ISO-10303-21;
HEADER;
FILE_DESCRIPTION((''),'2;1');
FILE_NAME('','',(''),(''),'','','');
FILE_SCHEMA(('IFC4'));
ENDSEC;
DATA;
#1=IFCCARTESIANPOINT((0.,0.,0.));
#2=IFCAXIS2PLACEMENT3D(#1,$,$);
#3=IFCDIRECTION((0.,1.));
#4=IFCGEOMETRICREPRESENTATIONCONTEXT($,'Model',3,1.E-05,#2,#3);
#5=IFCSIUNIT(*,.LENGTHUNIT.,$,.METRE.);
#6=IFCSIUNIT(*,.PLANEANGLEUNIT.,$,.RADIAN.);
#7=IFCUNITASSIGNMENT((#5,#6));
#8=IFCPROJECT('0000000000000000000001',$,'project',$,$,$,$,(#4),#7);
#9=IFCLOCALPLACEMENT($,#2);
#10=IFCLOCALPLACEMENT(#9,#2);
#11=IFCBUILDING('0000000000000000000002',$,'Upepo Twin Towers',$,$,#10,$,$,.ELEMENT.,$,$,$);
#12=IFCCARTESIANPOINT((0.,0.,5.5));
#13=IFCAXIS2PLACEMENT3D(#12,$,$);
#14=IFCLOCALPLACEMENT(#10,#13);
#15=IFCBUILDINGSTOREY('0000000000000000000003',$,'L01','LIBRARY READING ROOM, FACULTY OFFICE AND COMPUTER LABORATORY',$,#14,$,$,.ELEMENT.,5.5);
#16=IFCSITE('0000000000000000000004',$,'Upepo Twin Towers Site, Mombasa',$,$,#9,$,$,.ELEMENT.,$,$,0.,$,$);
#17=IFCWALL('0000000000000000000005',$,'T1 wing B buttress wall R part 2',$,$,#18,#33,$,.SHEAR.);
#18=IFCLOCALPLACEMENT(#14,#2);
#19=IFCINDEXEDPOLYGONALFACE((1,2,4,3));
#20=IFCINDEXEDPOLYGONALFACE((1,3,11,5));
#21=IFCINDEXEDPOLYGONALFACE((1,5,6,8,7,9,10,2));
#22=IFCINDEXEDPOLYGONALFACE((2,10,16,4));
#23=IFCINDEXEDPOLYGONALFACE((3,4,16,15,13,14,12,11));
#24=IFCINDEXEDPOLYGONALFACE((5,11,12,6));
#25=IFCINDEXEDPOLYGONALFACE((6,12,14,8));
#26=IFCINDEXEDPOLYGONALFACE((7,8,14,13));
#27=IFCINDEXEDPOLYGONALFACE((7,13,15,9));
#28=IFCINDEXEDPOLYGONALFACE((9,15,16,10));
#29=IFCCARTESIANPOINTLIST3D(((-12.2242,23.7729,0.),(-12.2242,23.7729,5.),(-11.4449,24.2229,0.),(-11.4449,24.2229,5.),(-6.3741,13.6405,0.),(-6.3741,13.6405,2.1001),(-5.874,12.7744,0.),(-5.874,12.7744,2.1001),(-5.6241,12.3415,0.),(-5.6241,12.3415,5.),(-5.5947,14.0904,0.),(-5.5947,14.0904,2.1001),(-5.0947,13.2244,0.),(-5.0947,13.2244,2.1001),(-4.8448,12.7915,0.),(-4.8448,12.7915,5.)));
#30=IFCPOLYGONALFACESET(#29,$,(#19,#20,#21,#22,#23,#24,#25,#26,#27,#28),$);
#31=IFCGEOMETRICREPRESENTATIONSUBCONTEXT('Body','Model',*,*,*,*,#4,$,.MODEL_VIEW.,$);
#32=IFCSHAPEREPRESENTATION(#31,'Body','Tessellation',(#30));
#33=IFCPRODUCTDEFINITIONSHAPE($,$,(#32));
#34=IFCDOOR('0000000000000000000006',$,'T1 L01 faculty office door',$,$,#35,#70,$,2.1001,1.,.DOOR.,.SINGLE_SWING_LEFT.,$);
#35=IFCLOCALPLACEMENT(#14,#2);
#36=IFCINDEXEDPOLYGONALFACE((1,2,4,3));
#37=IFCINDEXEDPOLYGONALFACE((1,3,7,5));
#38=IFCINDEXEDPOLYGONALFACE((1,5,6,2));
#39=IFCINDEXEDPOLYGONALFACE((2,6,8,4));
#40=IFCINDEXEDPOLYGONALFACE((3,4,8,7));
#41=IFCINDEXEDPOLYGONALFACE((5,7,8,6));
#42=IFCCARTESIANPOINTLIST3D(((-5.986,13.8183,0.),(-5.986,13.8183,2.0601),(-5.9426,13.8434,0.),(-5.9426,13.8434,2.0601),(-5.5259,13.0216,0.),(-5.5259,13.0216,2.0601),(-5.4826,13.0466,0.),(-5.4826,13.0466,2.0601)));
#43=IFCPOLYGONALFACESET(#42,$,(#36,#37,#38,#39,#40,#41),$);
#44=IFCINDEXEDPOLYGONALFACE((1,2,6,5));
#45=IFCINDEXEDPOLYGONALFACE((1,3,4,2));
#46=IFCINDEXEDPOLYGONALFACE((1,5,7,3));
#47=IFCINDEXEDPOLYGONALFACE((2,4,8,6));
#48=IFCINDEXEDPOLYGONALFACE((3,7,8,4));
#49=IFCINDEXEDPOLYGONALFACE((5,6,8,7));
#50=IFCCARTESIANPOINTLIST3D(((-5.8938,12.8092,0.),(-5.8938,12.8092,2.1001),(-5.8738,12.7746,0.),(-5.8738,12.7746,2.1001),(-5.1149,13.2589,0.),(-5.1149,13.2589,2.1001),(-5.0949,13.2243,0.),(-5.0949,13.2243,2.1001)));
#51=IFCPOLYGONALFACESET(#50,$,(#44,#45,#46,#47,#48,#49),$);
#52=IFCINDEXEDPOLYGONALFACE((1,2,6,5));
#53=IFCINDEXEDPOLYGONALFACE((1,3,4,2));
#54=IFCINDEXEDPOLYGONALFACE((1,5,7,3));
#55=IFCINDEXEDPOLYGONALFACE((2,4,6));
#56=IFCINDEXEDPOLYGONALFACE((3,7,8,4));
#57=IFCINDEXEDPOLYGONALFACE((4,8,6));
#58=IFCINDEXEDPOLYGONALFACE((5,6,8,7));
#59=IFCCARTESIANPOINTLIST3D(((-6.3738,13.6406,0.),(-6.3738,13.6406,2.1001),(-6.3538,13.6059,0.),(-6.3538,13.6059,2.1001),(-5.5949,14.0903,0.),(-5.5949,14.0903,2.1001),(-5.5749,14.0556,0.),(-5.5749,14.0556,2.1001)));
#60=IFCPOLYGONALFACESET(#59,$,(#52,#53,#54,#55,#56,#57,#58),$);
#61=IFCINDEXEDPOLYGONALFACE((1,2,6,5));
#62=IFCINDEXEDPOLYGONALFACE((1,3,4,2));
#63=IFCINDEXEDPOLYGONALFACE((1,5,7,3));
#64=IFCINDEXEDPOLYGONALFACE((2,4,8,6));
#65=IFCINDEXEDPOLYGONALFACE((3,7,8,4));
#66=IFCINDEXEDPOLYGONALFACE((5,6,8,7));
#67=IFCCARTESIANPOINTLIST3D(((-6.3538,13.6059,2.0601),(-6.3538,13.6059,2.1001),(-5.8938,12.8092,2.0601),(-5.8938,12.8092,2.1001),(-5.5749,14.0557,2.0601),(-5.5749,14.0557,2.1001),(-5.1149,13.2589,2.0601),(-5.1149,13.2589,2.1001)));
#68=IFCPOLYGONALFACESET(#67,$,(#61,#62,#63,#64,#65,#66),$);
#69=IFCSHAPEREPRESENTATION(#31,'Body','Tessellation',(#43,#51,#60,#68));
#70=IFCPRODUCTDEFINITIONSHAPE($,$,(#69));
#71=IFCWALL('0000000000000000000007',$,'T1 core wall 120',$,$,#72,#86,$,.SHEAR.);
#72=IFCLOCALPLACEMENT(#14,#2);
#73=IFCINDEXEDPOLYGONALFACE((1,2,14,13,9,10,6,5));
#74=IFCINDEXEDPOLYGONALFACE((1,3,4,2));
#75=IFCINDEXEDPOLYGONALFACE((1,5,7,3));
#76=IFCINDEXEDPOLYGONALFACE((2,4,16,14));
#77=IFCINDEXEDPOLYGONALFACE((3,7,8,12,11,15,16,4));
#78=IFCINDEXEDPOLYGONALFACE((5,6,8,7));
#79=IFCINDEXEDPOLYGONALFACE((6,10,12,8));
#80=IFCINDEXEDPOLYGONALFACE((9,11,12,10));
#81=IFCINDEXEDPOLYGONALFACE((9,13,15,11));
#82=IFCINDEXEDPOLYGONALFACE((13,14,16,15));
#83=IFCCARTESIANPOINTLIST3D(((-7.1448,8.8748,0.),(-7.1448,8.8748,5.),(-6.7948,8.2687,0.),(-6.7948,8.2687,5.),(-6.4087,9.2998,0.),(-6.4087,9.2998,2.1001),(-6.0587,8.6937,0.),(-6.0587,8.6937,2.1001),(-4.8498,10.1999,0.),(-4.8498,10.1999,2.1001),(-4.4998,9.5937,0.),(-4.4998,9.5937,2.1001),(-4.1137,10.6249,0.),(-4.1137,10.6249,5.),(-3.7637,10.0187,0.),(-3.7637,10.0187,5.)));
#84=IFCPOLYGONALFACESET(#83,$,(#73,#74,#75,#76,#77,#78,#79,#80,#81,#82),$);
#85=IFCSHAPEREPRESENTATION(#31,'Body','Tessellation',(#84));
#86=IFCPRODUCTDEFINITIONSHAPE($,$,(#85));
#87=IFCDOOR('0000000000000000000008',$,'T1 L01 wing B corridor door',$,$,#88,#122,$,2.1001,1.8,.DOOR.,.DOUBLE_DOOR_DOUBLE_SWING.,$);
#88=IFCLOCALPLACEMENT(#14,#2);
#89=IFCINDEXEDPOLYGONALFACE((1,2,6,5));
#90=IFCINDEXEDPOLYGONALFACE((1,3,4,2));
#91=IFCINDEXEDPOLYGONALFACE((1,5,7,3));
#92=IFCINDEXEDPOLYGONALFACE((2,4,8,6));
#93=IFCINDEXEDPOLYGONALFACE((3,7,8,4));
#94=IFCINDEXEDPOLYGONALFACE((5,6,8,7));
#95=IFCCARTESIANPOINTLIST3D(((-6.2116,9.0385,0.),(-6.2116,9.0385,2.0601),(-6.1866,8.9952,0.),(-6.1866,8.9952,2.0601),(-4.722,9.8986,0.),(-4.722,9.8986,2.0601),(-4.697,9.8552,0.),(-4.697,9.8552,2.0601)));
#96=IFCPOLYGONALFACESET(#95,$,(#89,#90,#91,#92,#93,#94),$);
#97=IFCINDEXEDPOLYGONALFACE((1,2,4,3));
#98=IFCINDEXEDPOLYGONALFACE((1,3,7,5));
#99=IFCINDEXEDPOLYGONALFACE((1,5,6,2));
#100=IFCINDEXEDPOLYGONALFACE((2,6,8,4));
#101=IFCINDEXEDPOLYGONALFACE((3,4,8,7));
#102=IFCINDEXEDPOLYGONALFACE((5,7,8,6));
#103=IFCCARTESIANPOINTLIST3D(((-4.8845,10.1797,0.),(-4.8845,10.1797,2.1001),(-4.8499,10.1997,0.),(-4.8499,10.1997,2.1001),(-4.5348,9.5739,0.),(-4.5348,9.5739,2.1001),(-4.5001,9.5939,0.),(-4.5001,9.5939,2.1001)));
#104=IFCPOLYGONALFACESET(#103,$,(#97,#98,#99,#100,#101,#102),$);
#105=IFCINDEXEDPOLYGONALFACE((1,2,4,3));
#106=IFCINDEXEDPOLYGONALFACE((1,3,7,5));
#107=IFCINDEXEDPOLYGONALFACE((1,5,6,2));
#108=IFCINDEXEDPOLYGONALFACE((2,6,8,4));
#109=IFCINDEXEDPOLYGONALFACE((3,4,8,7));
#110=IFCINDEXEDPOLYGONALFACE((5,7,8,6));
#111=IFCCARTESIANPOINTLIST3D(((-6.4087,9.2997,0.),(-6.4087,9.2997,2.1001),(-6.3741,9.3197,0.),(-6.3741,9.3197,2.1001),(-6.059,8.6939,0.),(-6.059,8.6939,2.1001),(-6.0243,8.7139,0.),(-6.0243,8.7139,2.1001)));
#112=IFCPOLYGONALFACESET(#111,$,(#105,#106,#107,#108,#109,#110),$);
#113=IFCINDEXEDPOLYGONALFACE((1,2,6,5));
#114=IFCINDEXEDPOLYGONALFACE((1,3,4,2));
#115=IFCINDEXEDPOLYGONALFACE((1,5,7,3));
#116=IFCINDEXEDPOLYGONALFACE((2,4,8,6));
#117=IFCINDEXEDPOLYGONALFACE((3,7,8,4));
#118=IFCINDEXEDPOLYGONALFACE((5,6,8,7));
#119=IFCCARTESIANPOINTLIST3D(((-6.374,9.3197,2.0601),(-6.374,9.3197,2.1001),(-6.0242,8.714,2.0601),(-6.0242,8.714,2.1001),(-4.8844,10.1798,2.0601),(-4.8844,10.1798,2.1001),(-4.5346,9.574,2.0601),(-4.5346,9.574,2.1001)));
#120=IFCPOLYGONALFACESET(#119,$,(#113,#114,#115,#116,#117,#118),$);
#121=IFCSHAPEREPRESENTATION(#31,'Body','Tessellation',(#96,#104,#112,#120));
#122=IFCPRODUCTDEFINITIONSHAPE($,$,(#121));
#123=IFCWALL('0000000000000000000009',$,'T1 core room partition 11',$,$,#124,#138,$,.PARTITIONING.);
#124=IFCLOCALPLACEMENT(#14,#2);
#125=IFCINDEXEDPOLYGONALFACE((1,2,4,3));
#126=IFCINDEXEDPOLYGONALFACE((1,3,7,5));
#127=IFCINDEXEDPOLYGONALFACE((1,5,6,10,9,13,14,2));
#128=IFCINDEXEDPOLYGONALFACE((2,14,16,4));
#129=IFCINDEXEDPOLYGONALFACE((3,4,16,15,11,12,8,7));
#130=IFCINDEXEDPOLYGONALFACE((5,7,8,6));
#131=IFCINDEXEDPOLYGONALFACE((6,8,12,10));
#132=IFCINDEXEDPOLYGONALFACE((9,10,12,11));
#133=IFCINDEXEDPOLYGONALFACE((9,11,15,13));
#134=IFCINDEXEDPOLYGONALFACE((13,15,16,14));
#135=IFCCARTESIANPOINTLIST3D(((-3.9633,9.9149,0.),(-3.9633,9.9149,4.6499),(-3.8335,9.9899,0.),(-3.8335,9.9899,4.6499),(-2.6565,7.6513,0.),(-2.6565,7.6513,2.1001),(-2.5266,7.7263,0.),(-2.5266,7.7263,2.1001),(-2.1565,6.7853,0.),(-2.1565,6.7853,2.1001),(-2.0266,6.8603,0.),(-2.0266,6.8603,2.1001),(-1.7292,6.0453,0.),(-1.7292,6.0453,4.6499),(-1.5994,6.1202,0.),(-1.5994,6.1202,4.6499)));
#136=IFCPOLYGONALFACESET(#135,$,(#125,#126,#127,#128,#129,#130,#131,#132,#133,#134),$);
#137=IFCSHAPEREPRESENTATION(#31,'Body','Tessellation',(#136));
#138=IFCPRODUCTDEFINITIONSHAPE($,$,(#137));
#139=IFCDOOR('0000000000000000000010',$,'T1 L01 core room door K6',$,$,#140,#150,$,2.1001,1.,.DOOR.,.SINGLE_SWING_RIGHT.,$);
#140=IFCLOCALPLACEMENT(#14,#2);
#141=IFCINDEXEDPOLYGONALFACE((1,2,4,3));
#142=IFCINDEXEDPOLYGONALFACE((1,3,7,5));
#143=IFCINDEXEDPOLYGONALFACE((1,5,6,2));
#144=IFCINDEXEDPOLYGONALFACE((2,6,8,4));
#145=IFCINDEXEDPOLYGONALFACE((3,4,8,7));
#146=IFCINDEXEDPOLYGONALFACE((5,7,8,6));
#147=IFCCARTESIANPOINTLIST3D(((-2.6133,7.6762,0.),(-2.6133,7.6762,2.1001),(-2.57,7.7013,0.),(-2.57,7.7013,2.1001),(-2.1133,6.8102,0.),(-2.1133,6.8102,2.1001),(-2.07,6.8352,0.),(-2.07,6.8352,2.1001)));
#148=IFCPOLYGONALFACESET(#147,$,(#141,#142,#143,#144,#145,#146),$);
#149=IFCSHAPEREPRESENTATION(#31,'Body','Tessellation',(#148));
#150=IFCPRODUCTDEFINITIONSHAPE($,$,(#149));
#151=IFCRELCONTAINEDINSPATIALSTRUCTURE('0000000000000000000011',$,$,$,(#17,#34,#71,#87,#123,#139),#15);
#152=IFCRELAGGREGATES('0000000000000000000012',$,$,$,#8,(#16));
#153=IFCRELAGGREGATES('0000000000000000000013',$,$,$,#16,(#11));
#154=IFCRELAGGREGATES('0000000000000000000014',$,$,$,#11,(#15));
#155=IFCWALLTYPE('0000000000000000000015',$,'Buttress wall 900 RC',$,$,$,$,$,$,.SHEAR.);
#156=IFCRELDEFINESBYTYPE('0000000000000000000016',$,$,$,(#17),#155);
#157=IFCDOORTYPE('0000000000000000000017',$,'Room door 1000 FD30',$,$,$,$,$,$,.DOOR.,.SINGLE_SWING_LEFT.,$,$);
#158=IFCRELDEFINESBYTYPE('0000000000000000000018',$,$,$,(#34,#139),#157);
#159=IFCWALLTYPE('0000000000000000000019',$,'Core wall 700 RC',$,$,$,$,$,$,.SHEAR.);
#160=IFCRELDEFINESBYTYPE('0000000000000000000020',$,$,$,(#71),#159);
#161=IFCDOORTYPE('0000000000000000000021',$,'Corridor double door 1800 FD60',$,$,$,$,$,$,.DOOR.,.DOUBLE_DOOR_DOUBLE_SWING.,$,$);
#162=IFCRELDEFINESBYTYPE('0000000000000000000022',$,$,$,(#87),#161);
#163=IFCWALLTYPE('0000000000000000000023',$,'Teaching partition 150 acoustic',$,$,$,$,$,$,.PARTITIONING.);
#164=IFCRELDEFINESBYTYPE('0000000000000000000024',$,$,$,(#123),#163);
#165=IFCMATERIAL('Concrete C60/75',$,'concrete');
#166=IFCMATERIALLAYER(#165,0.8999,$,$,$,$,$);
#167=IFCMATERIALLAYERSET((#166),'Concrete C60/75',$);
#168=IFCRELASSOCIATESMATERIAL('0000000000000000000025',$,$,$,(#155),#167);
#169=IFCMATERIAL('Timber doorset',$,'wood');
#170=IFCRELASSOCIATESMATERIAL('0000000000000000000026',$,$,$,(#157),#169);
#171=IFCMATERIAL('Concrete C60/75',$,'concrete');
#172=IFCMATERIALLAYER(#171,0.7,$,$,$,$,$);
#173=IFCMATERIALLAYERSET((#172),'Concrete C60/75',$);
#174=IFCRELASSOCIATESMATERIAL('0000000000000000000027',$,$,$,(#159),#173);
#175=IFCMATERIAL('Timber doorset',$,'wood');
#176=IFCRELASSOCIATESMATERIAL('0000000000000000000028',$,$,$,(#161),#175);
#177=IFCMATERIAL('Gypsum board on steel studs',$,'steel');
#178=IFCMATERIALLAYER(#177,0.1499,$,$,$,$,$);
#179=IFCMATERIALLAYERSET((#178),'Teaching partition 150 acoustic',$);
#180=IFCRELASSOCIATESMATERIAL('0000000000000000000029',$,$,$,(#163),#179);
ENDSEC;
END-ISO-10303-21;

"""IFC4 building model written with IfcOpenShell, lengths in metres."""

from ifc_helpers import new_model, si_unit, direction, frame, frame_2d, origin, place, context, subcontext, project, spatial, rectangle, extrude, material, layer, layer_set, type_object, element, fill, save


model = new_model("IFC4")

# Units and contexts
model_context = context("Model", 3, precision=1e-05, world=origin(), true_north=direction((0.0, 1.0)))
body_context = subcontext(model_context, "Body", "Model", "MODEL_VIEW")
ifc_project = project(units=[si_unit("LENGTHUNIT", "METRE"), si_unit("PLANEANGLEUNIT", "RADIAN")], contexts=[model_context])

# Site, building, storey
site_placement = place(None, origin())
site = spatial("IfcSite", under=ifc_project, at=site_placement, Name="Upepo Twin Towers Site, Mombasa", CompositionType="ELEMENT", RefElevation=0.0)
building_placement = place(site_placement, origin())
building = spatial("IfcBuilding", under=site, at=building_placement, Name="Upepo Twin Towers", CompositionType="ELEMENT")
storey_placement = place(building_placement, frame((0.0, 0.0, 5.5)))
storey = spatial("IfcBuildingStorey", under=building, at=storey_placement, Name="L01", Description="LIBRARY READING ROOM, FACULTY OFFICE AND COMPUTER LABORATORY", CompositionType="ELEMENT", Elevation=5.5)

# Walls, openings, doors
ifc_material_1 = material(Name="Concrete C60/75", Category="concrete")
ifc_layer_1 = layer(ifc_material_1, 0.8999)
ifc_layer_set_1 = layer_set([ifc_layer_1], Name="Concrete C60/75")
wall_type_1 = type_object("IfcWallType", Name="Buttress wall 900 RC", PredefinedType="SHEAR", material=ifc_layer_set_1)
ifc_material_2 = material(Name="Timber doorset", Category="wood")
door_type_1 = type_object("IfcDoorType", Name="Room door 1000 FD30", OperationType="SINGLE_SWING_LEFT", PredefinedType="DOOR", material=ifc_material_2)
wall_1_placement = place(storey_placement, frame((-5.2344, 12.5664, 0.0), z_axis=(0.0, 0.0, 1.0), x_axis=(-0.50001, 0.86602, 0.0)))
wall_1 = element("IfcWall", 1, at=wall_1_placement, inside=storey, type_object=wall_type_1, Name="T1 wing B buttress wall R part 2", PredefinedType="SHEAR", context=body_context, shape_type="SweptSolid", body=[
    extrude(rectangle(XDim=13.2, YDim=0.8999, at=frame_2d((6.6001, 0.0))), origin(), (0.0, 0.0, 1.0), 5.0),
])
opening_1_placement = place(wall_1_placement, frame((0.5, 0.0, 0.0)))
opening_1 = element("IfcOpeningElement", 2, at=opening_1_placement, cuts=wall_1, PredefinedType="OPENING", context=body_context, shape_type="SweptSolid", body=[
    extrude(rectangle(XDim=1.0, YDim=2.1001, at=frame_2d((0.5, 1.05))), frame((0.0, 0.46, 0.0), z_axis=(0.0, -1.0, 0.0), x_axis=(1.0, 0.0, 0.0)), (0.0, 0.0, 1.0), 0.9199),
])
door_1_placement = place(opening_1_placement, origin())
door_1 = element("IfcDoor", 3, at=door_1_placement, inside=storey, type_object=door_type_1, Name="T1 L01 faculty office door", OperationType="SINGLE_SWING_LEFT", OverallHeight=2.1001, OverallWidth=1.0, PredefinedType="DOOR", context=body_context, shape_type="SweptSolid", body=[
    extrude(rectangle(XDim=0.92, YDim=2.0601, at=frame_2d((0.5, 1.03))), frame((0.0, 0.0249, 0.0), z_axis=(0.0, -1.0, 0.0), x_axis=(1.0, 0.0, 0.0)), (0.0, 0.0, 1.0), 0.05),
    extrude(rectangle(XDim=0.04, YDim=2.1001, at=frame_2d((0.02, 1.05))), frame((0.0, 0.4497, 0.0), z_axis=(0.0, -1.0, 0.0), x_axis=(1.0, 0.0, 0.0)), (0.0, 0.0, 1.0), 0.8994),
    extrude(rectangle(XDim=0.04, YDim=2.1001, at=frame_2d((0.98, 1.05))), frame((0.0, 0.4497, 0.0), z_axis=(0.0, -1.0, 0.0), x_axis=(1.0, 0.0, 0.0)), (0.0, 0.0, 1.0), 0.8994),
    extrude(rectangle(XDim=0.92, YDim=0.04, at=frame_2d((0.5, 2.0801))), frame((0.0, 0.4497, 0.0), z_axis=(0.0, -1.0, 0.0), x_axis=(1.0, 0.0, 0.0)), (0.0, 0.0, 1.0), 0.8994),
])
fill(opening_1, door_1)
ifc_material_3 = material(Name="Concrete C60/75", Category="concrete")
ifc_layer_2 = layer(ifc_material_3, 0.7)
ifc_layer_set_2 = layer_set([ifc_layer_2], Name="Concrete C60/75")
wall_type_2 = type_object("IfcWallType", Name="Core wall 700 RC", PredefinedType="SHEAR", material=ifc_layer_set_2)
wall_2_placement = place(storey_placement, frame((-3.9387, 10.3218, 0.0), z_axis=(0.0, 0.0, 1.0), x_axis=(-0.866019, -0.50001, 0.0)))
wall_2 = element("IfcWall", 4, at=wall_2_placement, inside=storey, type_object=wall_type_2, Name="T1 core wall 120", PredefinedType="SHEAR", context=body_context, shape_type="SweptSolid", body=[
    extrude(rectangle(XDim=3.5, YDim=0.7, at=frame_2d((1.75, 0.0))), origin(), (0.0, 0.0, 1.0), 5.0),
])
opening_2_placement = place(wall_2_placement, frame((0.8501, 0.0, 0.0)))
opening_2 = element("IfcOpeningElement", 5, at=opening_2_placement, cuts=wall_2, PredefinedType="OPENING", context=body_context, shape_type="SweptSolid", body=[
    extrude(rectangle(XDim=1.8, YDim=2.1001, at=frame_2d((0.8999, 1.05))), frame((0.0, 0.3599, 0.0), z_axis=(0.0, -1.0, 0.0), x_axis=(1.0, 0.0, 0.0)), (0.0, 0.0, 1.0), 0.72),
])
ifc_material_4 = material(Name="Timber doorset", Category="wood")
door_type_2 = type_object("IfcDoorType", Name="Corridor double door 1800 FD60", OperationType="DOUBLE_DOOR_DOUBLE_SWING", PredefinedType="DOOR", material=ifc_material_4)
door_2_placement = place(opening_2_placement, origin())
door_2 = element("IfcDoor", 6, at=door_2_placement, inside=storey, type_object=door_type_2, Name="T1 L01 wing B corridor door", OperationType="DOUBLE_DOOR_DOUBLE_SWING", OverallHeight=2.1001, OverallWidth=1.8, PredefinedType="DOOR", context=body_context, shape_type="SweptSolid", body=[
    extrude(rectangle(XDim=1.72, YDim=2.0601, at=frame_2d((0.8999, 1.03))), frame((0.0, 0.0249, 0.0), z_axis=(0.0, -1.0, 0.0), x_axis=(1.0, 0.0, 0.0)), (0.0, 0.0, 1.0), 0.05),
    extrude(rectangle(XDim=0.04, YDim=2.1001, at=frame_2d((0.02, 1.05))), frame((0.0, 0.3496, 0.0), z_axis=(0.0, -1.0, 0.0), x_axis=(1.0, 0.0, 0.0)), (0.0, 0.0, 1.0), 0.6995),
    extrude(rectangle(XDim=0.04, YDim=2.1001, at=frame_2d((1.78, 1.05))), frame((0.0, 0.3496, 0.0), z_axis=(0.0, -1.0, 0.0), x_axis=(1.0, 0.0, 0.0)), (0.0, 0.0, 1.0), 0.6995),
    extrude(rectangle(XDim=1.72, YDim=0.04, at=frame_2d((0.8999, 2.0801))), frame((0.0, 0.3496, 0.0), z_axis=(0.0, -1.0, 0.0), x_axis=(1.0, 0.0, 0.0)), (0.0, 0.0, 1.0), 0.6995),
])
fill(opening_2, door_2)
ifc_material_5 = material(Name="Gypsum board on steel studs", Category="steel")
ifc_layer_3 = layer(ifc_material_5, 0.1499)
ifc_layer_set_3 = layer_set([ifc_layer_3], Name="Teaching partition 150 acoustic")
wall_type_3 = type_object("IfcWallType", Name="Teaching partition 150 acoustic", PredefinedType="PARTITIONING", material=ifc_layer_set_3)
wall_3_placement = place(storey_placement, frame((-3.8984, 9.9524, 0.0), z_axis=(0.0, 0.0, 1.0), x_axis=(0.5, -0.866025, 0.0)))
wall_3 = element("IfcWall", 7, at=wall_3_placement, inside=storey, type_object=wall_type_3, Name="T1 core room partition 11", PredefinedType="PARTITIONING", context=body_context, shape_type="SweptSolid", body=[
    extrude(rectangle(XDim=4.4683, YDim=0.1499, at=frame_2d((2.2341, 0.0))), origin(), (0.0, 0.0, 1.0), 4.6499),
])
opening_3_placement = place(wall_3_placement, frame((2.6138, 0.0, 0.0)))
opening_3 = element("IfcOpeningElement", 8, at=opening_3_placement, cuts=wall_3, PredefinedType="OPENING", context=body_context, shape_type="SweptSolid", body=[
    extrude(rectangle(XDim=1.0, YDim=2.1001, at=frame_2d((0.5, 1.05))), frame((0.0, 0.085, 0.0), z_axis=(0.0, -1.0, 0.0), x_axis=(1.0, 0.0, 0.0)), (0.0, 0.0, 1.0), 0.1699),
])
door_3_placement = place(opening_3_placement, origin())
door_3 = element("IfcDoor", 9, at=door_3_placement, inside=storey, type_object=door_type_1, Name="T1 L01 core room door K6", OperationType="SINGLE_SWING_RIGHT", OverallHeight=2.1001, OverallWidth=1.0, PredefinedType="DOOR", context=body_context, shape_type="SweptSolid", body=[
    extrude(rectangle(XDim=1.0, YDim=2.1001, at=frame_2d((0.5, 1.05))), frame((0.0, 0.0249, 0.0), z_axis=(0.0, -1.0, 0.0), x_axis=(1.0, 0.0, 0.0)), (0.0, 0.0, 1.0), 0.05),
])
fill(opening_3, door_3)

save(model, "model.ifc")
